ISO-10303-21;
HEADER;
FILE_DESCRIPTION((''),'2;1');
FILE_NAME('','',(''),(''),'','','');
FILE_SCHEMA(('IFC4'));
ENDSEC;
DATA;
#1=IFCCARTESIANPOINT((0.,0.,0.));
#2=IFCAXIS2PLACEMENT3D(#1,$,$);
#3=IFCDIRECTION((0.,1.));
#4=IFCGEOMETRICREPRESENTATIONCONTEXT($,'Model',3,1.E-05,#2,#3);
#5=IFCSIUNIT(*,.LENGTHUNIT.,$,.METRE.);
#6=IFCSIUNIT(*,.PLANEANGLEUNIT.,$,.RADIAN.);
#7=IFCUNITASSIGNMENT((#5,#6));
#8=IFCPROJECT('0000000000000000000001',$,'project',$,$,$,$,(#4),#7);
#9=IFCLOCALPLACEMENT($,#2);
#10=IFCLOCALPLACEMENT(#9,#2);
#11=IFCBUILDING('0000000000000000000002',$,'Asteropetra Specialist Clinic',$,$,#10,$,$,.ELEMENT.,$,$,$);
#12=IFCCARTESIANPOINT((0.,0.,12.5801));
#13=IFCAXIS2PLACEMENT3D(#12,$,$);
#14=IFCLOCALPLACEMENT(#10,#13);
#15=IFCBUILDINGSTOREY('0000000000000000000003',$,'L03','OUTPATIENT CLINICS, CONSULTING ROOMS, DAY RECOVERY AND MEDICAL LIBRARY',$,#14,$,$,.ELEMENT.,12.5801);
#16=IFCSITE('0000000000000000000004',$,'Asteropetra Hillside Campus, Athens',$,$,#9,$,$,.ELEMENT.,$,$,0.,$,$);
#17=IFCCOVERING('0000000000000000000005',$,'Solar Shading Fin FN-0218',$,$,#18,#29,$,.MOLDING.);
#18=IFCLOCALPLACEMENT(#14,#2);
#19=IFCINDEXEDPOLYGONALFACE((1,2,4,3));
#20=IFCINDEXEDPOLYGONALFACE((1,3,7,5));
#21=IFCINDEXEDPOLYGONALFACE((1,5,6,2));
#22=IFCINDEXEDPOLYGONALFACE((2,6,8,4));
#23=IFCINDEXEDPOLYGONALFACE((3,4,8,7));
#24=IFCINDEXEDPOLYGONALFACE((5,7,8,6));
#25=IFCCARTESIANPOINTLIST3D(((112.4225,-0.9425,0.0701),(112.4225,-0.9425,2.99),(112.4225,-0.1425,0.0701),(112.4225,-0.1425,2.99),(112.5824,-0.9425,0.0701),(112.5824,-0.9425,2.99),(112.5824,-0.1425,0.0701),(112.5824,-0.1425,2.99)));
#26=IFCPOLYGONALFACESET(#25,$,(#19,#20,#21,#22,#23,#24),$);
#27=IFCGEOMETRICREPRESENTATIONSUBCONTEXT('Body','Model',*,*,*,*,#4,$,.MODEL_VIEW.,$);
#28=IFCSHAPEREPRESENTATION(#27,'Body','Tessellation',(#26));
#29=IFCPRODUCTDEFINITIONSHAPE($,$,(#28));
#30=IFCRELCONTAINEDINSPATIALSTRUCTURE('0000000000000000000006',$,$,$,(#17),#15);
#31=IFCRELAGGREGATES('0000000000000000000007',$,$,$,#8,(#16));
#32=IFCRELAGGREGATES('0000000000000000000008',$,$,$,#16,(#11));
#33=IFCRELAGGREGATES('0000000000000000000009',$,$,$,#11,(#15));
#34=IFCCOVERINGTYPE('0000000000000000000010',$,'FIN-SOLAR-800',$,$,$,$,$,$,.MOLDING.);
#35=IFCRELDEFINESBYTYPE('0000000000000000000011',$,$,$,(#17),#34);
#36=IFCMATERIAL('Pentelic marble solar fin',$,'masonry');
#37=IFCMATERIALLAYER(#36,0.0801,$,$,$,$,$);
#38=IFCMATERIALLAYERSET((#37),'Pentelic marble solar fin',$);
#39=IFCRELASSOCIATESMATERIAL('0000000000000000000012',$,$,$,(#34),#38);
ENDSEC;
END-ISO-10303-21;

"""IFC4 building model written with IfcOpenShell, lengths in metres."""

from ifc_helpers import new_model, si_unit, direction, frame, origin, origin_2d, place, context, subcontext, project, spatial, rectangle, extrude, material, layer, layer_set, type_object, element, save


model = new_model("IFC4")

# Units and contexts
model_context = context("Model", 3, precision=1e-05, world=origin(), true_north=direction((0.0, 1.0)))
body_context = subcontext(model_context, "Body", "Model", "MODEL_VIEW")
ifc_project = project(units=[si_unit("LENGTHUNIT", "METRE"), si_unit("PLANEANGLEUNIT", "RADIAN")], contexts=[model_context])

# Site, building, storey
site_placement = place(None, origin())
site = spatial("IfcSite", under=ifc_project, at=site_placement, Name="Asteropetra Hillside Campus, Athens", CompositionType="ELEMENT", RefElevation=0.0)
building_placement = place(site_placement, origin())
building = spatial("IfcBuilding", under=site, at=building_placement, Name="Asteropetra Specialist Clinic", CompositionType="ELEMENT")
storey_placement = place(building_placement, frame((0.0, 0.0, 12.5801)))
storey = spatial("IfcBuildingStorey", under=building, at=storey_placement, Name="L03", Description="OUTPATIENT CLINICS, CONSULTING ROOMS, DAY RECOVERY AND MEDICAL LIBRARY", CompositionType="ELEMENT", Elevation=12.5801)

# Covering
ifc_material_1 = material(Name="Pentelic marble solar fin", Category="masonry")
ifc_layer_1 = layer(ifc_material_1, 0.0801)
ifc_layer_set_1 = layer_set([ifc_layer_1], Name="Pentelic marble solar fin")
covering_type_1 = type_object("IfcCoveringType", Name="FIN-SOLAR-800", PredefinedType="MOLDING", material=ifc_layer_set_1)
covering_1_placement = place(storey_placement, frame((112.5024, -0.5425, 0.0701), z_axis=(0.0, 0.0, 1.0), x_axis=(1.0, 0.0, 0.0)))
element("IfcCovering", 1, at=covering_1_placement, inside=storey, type_object=covering_type_1, Name="Solar Shading Fin FN-0218", PredefinedType="MOLDING", context=body_context, shape_type="SweptSolid", body=[
    extrude(rectangle(XDim=0.1599, YDim=0.8, at=origin_2d()), origin(), (0.0, 0.0, 1.0), 2.9199),
])

save(model, "model.ifc")
